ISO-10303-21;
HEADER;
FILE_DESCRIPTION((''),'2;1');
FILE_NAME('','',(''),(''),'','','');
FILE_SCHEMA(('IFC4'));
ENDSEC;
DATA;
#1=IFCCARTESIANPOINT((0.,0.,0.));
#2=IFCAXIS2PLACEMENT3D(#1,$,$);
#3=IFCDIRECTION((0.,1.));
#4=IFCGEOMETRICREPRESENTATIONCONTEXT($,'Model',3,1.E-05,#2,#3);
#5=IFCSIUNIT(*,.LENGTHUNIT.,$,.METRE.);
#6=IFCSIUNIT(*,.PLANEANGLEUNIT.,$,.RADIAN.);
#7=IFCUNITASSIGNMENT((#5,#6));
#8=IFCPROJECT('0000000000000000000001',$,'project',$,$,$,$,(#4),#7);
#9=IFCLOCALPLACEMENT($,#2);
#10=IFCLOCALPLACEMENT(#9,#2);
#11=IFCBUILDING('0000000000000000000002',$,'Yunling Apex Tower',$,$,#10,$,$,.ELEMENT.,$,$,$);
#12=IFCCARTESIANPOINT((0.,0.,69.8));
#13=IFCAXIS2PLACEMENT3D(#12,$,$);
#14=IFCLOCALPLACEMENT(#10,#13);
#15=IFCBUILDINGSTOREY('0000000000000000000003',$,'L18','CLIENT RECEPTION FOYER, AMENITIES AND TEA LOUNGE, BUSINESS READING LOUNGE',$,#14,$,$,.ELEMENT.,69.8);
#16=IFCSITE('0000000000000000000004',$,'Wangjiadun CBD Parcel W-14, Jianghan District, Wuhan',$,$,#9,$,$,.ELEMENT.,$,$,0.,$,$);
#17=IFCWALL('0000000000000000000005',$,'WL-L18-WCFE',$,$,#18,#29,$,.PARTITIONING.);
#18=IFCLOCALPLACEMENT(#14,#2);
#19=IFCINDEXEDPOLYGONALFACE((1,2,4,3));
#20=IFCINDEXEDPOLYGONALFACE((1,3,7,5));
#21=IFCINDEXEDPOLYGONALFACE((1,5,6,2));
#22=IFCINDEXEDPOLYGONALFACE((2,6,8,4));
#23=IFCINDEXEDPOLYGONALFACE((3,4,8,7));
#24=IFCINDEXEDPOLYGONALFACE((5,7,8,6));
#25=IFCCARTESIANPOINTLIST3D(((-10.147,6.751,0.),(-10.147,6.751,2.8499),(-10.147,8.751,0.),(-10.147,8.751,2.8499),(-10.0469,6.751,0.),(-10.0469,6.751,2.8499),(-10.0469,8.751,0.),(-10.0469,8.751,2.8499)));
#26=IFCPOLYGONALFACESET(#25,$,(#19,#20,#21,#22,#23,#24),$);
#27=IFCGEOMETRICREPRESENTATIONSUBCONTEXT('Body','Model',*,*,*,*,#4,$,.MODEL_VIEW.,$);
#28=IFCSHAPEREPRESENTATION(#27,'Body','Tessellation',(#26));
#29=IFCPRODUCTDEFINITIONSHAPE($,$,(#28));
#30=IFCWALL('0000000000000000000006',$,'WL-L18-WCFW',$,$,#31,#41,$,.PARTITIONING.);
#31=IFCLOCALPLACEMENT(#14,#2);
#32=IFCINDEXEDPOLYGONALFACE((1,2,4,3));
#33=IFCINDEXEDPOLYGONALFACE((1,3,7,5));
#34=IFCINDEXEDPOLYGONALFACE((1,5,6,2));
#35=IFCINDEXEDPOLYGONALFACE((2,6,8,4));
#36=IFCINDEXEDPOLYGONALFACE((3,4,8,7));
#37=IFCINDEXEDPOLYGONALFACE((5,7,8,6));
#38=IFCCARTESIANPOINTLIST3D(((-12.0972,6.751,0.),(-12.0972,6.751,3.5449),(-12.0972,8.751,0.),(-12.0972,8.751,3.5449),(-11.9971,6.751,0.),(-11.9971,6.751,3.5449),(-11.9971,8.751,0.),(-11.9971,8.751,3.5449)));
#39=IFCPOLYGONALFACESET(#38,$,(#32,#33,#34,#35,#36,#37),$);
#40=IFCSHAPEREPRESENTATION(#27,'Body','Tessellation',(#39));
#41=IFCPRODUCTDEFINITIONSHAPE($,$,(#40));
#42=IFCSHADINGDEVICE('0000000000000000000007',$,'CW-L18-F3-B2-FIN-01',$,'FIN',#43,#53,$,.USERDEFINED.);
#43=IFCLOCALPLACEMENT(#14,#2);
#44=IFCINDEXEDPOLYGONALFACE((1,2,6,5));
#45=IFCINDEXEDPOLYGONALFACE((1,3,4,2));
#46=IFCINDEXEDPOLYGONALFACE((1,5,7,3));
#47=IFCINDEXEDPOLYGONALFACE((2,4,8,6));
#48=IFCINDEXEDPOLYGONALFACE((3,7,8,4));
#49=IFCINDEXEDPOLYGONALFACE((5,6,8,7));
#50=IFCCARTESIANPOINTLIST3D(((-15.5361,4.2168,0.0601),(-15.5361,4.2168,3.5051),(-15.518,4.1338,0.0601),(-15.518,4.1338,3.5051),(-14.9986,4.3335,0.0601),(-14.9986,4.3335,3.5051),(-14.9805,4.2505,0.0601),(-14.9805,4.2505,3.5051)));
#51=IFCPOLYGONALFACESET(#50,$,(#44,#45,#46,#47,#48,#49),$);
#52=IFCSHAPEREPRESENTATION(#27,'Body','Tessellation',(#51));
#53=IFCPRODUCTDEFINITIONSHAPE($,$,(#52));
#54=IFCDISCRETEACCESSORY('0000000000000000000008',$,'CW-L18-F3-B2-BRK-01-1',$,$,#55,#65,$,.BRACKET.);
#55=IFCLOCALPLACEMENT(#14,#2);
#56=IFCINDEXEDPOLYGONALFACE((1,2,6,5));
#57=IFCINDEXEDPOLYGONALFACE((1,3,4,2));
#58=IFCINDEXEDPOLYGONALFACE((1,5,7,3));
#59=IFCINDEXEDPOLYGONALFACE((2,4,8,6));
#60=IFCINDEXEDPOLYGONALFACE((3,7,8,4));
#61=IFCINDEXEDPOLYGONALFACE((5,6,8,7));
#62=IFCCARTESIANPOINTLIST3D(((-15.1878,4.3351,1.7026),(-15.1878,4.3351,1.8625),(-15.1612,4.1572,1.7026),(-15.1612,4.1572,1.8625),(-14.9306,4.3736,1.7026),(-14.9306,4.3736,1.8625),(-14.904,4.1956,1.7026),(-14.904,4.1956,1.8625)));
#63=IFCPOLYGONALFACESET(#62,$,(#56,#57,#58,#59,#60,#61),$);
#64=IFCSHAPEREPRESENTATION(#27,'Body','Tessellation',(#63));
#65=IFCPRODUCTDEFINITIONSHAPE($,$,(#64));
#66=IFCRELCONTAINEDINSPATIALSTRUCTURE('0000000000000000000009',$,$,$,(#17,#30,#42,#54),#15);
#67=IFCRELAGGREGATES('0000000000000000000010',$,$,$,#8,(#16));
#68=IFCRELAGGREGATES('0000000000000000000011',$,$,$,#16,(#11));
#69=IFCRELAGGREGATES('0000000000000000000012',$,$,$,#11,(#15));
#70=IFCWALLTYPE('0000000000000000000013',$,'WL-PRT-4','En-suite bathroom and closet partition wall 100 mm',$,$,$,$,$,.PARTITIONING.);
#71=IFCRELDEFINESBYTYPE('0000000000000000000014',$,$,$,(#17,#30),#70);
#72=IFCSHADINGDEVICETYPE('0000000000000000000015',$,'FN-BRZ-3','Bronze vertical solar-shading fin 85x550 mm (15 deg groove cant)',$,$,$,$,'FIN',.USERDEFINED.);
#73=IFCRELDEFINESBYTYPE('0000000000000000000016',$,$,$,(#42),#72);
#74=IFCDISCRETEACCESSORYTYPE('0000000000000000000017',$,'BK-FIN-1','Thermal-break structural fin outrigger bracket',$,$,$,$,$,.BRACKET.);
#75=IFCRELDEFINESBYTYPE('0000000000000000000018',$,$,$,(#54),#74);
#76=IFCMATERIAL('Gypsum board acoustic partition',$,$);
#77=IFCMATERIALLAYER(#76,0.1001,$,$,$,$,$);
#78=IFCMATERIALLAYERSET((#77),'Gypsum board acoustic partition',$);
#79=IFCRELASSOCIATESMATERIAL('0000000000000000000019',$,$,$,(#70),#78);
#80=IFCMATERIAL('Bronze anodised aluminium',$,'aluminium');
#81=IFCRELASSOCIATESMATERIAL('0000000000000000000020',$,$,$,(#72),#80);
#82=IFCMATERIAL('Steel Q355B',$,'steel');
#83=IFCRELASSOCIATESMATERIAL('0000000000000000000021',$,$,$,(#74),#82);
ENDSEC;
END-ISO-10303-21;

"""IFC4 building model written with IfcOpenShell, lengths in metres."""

from ifc_helpers import new_model, si_unit, direction, frame, frame_2d, origin, origin_2d, place, context, subcontext, project, spatial, rectangle, extrude, source, transform, mapped, material, layer, layer_set, material_profile, profile_set, type_object, element, save


model = new_model("IFC4")

# Units and contexts
model_context = context("Model", 3, precision=1e-05, world=origin(), true_north=direction((0.0, 1.0)))
body_context = subcontext(model_context, "Body", "Model", "MODEL_VIEW")
ifc_project = project(units=[si_unit("LENGTHUNIT", "METRE"), si_unit("PLANEANGLEUNIT", "RADIAN")], contexts=[model_context])

# Site, building, storey
site_placement = place(None, origin())
site = spatial("IfcSite", under=ifc_project, at=site_placement, Name="Wangjiadun CBD Parcel W-14, Jianghan District, Wuhan", CompositionType="ELEMENT", RefElevation=0.0)
building_placement = place(site_placement, origin())
building = spatial("IfcBuilding", under=site, at=building_placement, Name="Yunling Apex Tower", CompositionType="ELEMENT")
storey_placement = place(building_placement, frame((0.0, 0.0, 69.8)))
storey = spatial("IfcBuildingStorey", under=building, at=storey_placement, Name="L18", Description="CLIENT RECEPTION FOYER, AMENITIES AND TEA LOUNGE, BUSINESS READING LOUNGE", CompositionType="ELEMENT", Elevation=69.8)

# Shared definitions
ifc_material_1 = material(Name="Steel Q355B", Category="steel")

# Shared definitions
ifc_material_2 = material(Name="Bronze anodised aluminium", Category="aluminium")

# Shared definitions
ifc_material_3 = material(Name="Gypsum board acoustic partition")
ifc_layer_1 = layer(ifc_material_3, 0.1001)
ifc_layer_set_1 = layer_set([ifc_layer_1], Name="Gypsum board acoustic partition")
wall_type = type_object("IfcWallType", Name="WL-PRT-4", Description="En-suite bathroom and closet partition wall 100 mm", PredefinedType="PARTITIONING", material=ifc_layer_set_1)

# Walls
wall_1_placement = place(storey_placement, frame((-10.0969, 8.751, 0.0), z_axis=(0.0, 0.0, 1.0), x_axis=(0.0, -1.0, 0.0)))
element("IfcWall", 1, at=wall_1_placement, inside=storey, type_object=wall_type, Name="WL-L18-WCFE", PredefinedType="PARTITIONING", context=body_context, shape_type="SweptSolid", body=[
    extrude(rectangle(XDim=2.0, YDim=0.1001, at=frame_2d((1.0, 0.0))), origin(), (0.0, 0.0, 1.0), 2.8499),
])
wall_2_placement = place(storey_placement, frame((-12.0471, 6.751, 0.0), z_axis=(0.0, 0.0, 1.0), x_axis=(0.0, 1.0, 0.0)))
element("IfcWall", 2, at=wall_2_placement, inside=storey, type_object=wall_type, Name="WL-L18-WCFW", PredefinedType="PARTITIONING", context=body_context, shape_type="SweptSolid", body=[
    extrude(rectangle(XDim=2.0, YDim=0.1001, at=frame_2d((1.0, 0.0))), origin(), (0.0, 0.0, 1.0), 3.5449),
])

# Shading device
ifc_material_profile_1 = material_profile(ifc_material_2, rectangle(XDim=0.085, YDim=0.55, at=origin_2d()))
ifc_profile_set_1 = profile_set([ifc_material_profile_1], Name="Bronze anodised aluminium")
shading_device_type = type_object("IfcShadingDeviceType", Name="FN-BRZ-3", Description="Bronze vertical solar-shading fin 85x550 mm (15 deg groove cant)", ElementType="FIN", PredefinedType="USERDEFINED", material=ifc_profile_set_1)
shared_shape_1 = source(origin(), body_context, "Body", "SweptSolid", [
    extrude(rectangle(XDim=0.085, YDim=0.55, at=origin_2d()), origin(), (0.0, 0.0, 1.0), 3.4451),
])
shading_device_placement = place(storey_placement, frame((-15.2583, 4.2336, 0.0601), z_axis=(0.0, 0.0, 1.0), x_axis=(0.212178, -0.977231, 0.0)))
element("IfcShadingDevice", 3, at=shading_device_placement, inside=storey, type_object=shading_device_type, Name="CW-L18-F3-B2-FIN-01", ObjectType="FIN", PredefinedType="USERDEFINED", context=body_context, shape_type="MappedRepresentation", body=[
    mapped(shared_shape_1, transform((0.0, 0.0, 0.0), scale=1.0)),
])

# Discrete accessory
discrete_accessory_type = type_object("IfcDiscreteAccessoryType", Name="BK-FIN-1", Description="Thermal-break structural fin outrigger bracket", PredefinedType="BRACKET", material=ifc_material_1)
shared_shape_2 = source(origin(), body_context, "Body", "SweptSolid", [
    extrude(rectangle(XDim=0.1799, YDim=0.26, at=origin_2d()), origin(), (0.0, 0.0, 1.0), 0.1599),
])
discrete_accessory_placement = place(storey_placement, frame((-15.0459, 4.2654, 1.7026), z_axis=(0.0, 0.0, 1.0), x_axis=(0.147809, -0.989016, 0.0)))
element("IfcDiscreteAccessory", 4, at=discrete_accessory_placement, inside=storey, type_object=discrete_accessory_type, Name="CW-L18-F3-B2-BRK-01-1", PredefinedType="BRACKET", context=body_context, shape_type="MappedRepresentation", body=[
    mapped(shared_shape_2, transform((0.0, 0.0, 0.0), scale=1.0)),
])

save(model, "model.ifc")
